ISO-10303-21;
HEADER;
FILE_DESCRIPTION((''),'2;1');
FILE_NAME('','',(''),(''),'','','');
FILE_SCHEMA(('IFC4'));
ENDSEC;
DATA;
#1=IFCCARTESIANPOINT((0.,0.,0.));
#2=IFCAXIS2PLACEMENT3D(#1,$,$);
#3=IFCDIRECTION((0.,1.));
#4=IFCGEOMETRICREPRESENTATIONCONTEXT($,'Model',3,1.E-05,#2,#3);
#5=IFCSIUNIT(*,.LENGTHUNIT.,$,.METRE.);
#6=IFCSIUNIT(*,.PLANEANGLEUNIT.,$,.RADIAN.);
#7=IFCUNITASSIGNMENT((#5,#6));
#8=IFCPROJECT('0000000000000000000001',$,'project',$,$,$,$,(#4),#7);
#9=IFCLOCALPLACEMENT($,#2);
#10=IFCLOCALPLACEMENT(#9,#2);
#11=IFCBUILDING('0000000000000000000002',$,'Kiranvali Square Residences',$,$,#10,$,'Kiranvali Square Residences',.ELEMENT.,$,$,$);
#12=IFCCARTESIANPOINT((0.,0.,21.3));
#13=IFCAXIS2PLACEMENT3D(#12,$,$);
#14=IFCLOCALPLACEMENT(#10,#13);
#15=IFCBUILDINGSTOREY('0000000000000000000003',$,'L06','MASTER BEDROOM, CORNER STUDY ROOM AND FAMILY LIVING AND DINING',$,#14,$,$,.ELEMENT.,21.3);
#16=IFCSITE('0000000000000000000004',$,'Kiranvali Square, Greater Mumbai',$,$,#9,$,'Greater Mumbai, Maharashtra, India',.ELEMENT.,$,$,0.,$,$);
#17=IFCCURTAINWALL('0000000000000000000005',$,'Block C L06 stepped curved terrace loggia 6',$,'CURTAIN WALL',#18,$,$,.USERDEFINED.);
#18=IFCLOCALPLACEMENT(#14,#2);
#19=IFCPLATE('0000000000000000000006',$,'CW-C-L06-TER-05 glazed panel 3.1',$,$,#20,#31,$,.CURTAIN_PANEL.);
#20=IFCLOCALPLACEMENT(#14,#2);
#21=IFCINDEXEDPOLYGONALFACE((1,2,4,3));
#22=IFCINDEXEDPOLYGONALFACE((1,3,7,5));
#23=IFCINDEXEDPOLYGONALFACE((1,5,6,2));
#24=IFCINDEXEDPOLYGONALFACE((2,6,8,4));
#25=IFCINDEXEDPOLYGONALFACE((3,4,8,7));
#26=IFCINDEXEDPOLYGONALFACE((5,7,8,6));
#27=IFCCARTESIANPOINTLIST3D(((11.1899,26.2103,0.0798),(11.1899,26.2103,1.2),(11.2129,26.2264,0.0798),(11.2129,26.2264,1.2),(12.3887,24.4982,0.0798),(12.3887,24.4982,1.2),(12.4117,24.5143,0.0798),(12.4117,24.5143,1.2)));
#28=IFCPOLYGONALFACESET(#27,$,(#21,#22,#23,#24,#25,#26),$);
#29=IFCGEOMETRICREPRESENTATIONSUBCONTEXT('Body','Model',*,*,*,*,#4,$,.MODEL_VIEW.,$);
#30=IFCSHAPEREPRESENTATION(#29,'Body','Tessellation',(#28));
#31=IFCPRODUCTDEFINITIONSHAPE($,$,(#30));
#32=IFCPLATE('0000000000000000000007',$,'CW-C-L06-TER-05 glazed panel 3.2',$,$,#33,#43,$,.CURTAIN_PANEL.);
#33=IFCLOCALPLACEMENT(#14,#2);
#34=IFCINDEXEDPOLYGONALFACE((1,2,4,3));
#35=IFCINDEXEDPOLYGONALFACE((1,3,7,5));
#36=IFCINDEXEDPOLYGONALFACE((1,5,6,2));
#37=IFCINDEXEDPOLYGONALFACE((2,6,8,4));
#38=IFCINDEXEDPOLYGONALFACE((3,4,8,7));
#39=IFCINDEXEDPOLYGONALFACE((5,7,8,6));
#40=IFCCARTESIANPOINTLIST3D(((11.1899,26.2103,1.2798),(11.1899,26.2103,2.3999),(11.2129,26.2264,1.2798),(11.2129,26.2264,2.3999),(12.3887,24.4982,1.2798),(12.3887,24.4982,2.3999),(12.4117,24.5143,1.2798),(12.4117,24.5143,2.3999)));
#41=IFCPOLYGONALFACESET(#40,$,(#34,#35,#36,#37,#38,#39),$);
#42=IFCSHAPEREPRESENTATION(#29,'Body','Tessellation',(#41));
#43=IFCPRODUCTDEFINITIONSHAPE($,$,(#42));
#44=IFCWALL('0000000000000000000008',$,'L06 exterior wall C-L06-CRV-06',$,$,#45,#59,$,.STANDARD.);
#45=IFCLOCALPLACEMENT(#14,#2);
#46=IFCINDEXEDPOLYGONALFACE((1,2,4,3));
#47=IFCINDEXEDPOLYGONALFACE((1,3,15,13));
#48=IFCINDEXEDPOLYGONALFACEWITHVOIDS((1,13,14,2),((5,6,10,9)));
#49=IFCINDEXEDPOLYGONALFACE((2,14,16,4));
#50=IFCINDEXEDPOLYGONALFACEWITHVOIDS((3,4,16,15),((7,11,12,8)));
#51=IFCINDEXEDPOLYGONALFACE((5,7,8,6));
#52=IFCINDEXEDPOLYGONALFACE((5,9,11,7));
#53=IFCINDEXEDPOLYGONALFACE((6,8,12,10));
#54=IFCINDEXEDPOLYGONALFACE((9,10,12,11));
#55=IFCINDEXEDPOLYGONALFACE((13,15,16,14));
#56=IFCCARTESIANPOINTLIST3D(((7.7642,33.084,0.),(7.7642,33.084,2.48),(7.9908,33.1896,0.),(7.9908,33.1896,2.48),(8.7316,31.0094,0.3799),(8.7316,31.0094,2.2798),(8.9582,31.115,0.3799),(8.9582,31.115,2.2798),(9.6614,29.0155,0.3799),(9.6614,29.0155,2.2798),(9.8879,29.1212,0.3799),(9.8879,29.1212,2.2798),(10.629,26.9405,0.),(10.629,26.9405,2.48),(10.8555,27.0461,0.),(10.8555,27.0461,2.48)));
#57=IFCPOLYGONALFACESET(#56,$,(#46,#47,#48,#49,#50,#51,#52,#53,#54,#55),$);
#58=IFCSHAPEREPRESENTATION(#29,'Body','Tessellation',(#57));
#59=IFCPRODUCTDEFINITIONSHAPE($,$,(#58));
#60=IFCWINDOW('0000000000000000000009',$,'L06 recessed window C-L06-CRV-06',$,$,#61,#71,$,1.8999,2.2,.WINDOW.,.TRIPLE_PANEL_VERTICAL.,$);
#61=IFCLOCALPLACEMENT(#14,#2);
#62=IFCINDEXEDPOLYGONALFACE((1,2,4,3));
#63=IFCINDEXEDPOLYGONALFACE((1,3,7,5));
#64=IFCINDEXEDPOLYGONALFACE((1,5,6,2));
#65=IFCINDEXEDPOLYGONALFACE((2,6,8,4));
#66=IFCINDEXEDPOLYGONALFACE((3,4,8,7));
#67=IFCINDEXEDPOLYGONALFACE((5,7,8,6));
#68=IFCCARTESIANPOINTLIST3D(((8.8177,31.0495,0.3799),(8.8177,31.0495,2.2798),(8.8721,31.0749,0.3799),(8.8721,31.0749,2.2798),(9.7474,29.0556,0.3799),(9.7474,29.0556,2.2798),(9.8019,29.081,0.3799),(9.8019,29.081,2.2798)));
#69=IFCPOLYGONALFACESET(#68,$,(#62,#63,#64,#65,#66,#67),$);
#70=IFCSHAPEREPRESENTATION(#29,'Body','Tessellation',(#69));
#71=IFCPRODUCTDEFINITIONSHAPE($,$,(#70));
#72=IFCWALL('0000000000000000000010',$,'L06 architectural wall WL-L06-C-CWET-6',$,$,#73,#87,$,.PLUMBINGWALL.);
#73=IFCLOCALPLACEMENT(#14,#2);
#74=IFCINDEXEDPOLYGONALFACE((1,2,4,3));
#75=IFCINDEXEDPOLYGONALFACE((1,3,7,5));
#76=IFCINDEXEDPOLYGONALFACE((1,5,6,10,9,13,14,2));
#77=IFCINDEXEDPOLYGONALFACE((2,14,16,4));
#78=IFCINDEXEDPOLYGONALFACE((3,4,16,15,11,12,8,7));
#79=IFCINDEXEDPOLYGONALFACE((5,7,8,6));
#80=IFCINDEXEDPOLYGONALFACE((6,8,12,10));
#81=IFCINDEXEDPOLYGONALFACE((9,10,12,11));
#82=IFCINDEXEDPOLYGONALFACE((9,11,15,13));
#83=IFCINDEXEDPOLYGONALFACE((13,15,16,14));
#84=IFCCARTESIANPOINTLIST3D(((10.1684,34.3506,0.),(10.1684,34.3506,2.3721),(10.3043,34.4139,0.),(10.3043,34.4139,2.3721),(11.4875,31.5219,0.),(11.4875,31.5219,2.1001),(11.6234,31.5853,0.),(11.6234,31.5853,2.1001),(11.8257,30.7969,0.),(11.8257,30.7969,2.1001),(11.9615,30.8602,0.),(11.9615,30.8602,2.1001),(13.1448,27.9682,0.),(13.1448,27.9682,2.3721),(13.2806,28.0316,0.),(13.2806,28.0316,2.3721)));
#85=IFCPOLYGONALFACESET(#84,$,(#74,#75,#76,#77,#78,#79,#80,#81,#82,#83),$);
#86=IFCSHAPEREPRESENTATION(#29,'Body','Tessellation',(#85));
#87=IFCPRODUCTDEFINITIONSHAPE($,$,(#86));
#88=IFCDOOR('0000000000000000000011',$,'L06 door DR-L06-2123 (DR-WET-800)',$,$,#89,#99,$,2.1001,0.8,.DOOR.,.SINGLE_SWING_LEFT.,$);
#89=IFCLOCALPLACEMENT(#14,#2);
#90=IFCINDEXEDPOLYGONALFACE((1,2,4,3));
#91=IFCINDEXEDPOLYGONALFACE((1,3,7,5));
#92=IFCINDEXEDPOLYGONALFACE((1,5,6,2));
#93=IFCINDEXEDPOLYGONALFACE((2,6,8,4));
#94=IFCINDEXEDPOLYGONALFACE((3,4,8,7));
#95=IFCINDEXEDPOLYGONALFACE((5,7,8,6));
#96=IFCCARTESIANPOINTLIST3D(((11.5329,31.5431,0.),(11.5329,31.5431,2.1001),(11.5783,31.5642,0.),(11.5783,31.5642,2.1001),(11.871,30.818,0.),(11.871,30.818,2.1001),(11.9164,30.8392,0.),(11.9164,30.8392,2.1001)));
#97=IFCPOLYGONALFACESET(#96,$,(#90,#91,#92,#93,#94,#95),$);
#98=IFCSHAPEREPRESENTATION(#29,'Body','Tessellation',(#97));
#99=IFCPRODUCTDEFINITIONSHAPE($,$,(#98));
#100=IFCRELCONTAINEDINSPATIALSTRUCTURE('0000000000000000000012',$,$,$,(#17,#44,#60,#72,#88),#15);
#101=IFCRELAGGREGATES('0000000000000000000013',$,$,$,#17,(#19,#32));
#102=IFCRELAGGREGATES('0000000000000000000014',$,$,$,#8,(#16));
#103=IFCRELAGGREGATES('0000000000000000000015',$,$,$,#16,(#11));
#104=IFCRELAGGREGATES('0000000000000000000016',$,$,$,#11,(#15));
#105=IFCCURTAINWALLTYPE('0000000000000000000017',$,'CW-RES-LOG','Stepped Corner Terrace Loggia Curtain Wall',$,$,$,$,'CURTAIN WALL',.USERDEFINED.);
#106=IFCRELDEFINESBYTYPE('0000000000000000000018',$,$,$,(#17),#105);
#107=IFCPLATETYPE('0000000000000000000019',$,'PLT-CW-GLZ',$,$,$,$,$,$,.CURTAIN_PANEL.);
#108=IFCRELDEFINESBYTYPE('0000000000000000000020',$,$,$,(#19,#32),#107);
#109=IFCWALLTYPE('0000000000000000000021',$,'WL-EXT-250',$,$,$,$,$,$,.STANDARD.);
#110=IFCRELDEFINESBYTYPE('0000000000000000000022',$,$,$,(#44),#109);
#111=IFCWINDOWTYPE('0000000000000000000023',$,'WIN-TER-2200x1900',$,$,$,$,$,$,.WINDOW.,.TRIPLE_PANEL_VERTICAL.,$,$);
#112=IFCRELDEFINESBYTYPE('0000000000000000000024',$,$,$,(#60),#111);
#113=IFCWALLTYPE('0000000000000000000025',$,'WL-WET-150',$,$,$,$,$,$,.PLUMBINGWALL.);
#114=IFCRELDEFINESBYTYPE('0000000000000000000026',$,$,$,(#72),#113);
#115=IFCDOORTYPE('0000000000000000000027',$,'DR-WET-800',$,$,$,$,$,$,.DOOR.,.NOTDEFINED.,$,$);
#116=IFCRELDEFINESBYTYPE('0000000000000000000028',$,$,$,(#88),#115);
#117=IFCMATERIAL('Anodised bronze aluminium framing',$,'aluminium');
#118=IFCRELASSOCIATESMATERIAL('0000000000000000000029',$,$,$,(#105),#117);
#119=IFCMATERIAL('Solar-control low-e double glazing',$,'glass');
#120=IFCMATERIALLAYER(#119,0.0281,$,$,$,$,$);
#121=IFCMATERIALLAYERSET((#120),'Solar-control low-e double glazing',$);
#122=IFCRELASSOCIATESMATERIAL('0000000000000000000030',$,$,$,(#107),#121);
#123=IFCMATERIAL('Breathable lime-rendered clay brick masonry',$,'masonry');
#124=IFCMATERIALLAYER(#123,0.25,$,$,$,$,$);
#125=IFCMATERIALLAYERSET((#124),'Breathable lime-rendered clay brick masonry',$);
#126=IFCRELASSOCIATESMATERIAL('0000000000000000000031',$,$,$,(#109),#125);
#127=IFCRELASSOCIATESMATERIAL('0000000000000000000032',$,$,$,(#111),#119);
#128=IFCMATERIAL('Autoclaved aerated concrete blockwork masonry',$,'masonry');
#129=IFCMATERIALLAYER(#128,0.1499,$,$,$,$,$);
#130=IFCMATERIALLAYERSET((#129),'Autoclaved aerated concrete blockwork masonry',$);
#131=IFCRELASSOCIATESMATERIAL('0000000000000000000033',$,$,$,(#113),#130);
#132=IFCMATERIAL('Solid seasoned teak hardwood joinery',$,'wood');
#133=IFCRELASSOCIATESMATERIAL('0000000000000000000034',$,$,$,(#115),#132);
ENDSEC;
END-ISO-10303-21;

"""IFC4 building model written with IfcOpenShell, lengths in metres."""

from ifc_helpers import new_model, si_unit, direction, frame, frame_2d, origin, origin_2d, place, context, subcontext, project, spatial, rectangle, extrude, material, layer, layer_set, type_object, element, fill, aggregate, save


model = new_model("IFC4")

# Units and contexts
model_context = context("Model", 3, precision=1e-05, world=origin(), true_north=direction((0.0, 1.0)))
body_context = subcontext(model_context, "Body", "Model", "MODEL_VIEW")
ifc_project = project(units=[si_unit("LENGTHUNIT", "METRE"), si_unit("PLANEANGLEUNIT", "RADIAN")], contexts=[model_context])

# Site, building, storey
site_placement = place(None, origin())
site = spatial("IfcSite", under=ifc_project, at=site_placement, Name="Kiranvali Square, Greater Mumbai", LongName="Greater Mumbai, Maharashtra, India", CompositionType="ELEMENT", RefElevation=0.0)
building_placement = place(site_placement, origin())
building = spatial("IfcBuilding", under=site, at=building_placement, Name="Kiranvali Square Residences", LongName="Kiranvali Square Residences", CompositionType="ELEMENT")
storey_placement = place(building_placement, frame((0.0, 0.0, 21.3)))
storey = spatial("IfcBuildingStorey", under=building, at=storey_placement, Name="L06", Description="MASTER BEDROOM, CORNER STUDY ROOM AND FAMILY LIVING AND DINING", CompositionType="ELEMENT", Elevation=21.3)

# Curtain wall
ifc_material_1 = material(Name="Anodised bronze aluminium framing", Category="aluminium")
curtain_wall_type = type_object("IfcCurtainWallType", Name="CW-RES-LOG", Description="Stepped Corner Terrace Loggia Curtain Wall", ElementType="CURTAIN WALL", PredefinedType="USERDEFINED", material=ifc_material_1)
curtain_wall_placement = place(storey_placement, origin())
curtain_wall = element("IfcCurtainWall", 1, at=curtain_wall_placement, inside=storey, type_object=curtain_wall_type, Name="Block C L06 stepped curved terrace loggia 6", ObjectType="CURTAIN WALL", PredefinedType="USERDEFINED")

# Plates
ifc_material_2 = material(Name="Solar-control low-e double glazing", Category="glass")
ifc_layer_1 = layer(ifc_material_2, 0.0281)
ifc_layer_set_1 = layer_set([ifc_layer_1], Name="Solar-control low-e double glazing")
plate_type = type_object("IfcPlateType", Name="PLT-CW-GLZ", PredefinedType="CURTAIN_PANEL", material=ifc_layer_set_1)
plate_1_placement = place(storey_placement, frame((11.8008, 25.3623, 0.0798), z_axis=(0.0, 0.0, 1.0), x_axis=(-0.573576, 0.819152, 0.0)))
plate_1 = element("IfcPlate", 2, at=plate_1_placement, type_object=plate_type, Name="CW-C-L06-TER-05 glazed panel 3.1", PredefinedType="CURTAIN_PANEL", context=body_context, shape_type="SweptSolid", body=[
    extrude(rectangle(XDim=2.0901, YDim=0.0281, at=origin_2d()), origin(), (0.0, 0.0, 1.0), 1.1201),
])
plate_2_placement = place(storey_placement, frame((11.8008, 25.3623, 1.2798), z_axis=(0.0, 0.0, 1.0), x_axis=(-0.573576, 0.819152, 0.0)))
plate_2 = element("IfcPlate", 3, at=plate_2_placement, type_object=plate_type, Name="CW-C-L06-TER-05 glazed panel 3.2", PredefinedType="CURTAIN_PANEL", context=body_context, shape_type="SweptSolid", body=[
    extrude(rectangle(XDim=2.0901, YDim=0.0281, at=origin_2d()), origin(), (0.0, 0.0, 1.0), 1.1201),
])
aggregate(curtain_wall, [plate_1, plate_2])

# Wall, opening, window
ifc_material_3 = material(Name="Breathable lime-rendered clay brick masonry", Category="masonry")
ifc_layer_2 = layer(ifc_material_3, 0.25)
ifc_layer_set_2 = layer_set([ifc_layer_2], Name="Breathable lime-rendered clay brick masonry")
wall_type_1 = type_object("IfcWallType", Name="WL-EXT-250", PredefinedType="STANDARD", material=ifc_layer_set_2)
wall_1_placement = place(storey_placement, frame((10.7422, 26.9934, 0.0), z_axis=(0.0, 0.0, 1.0), x_axis=(-0.422613, 0.90631, 0.0)))
wall_1 = element("IfcWall", 4, at=wall_1_placement, inside=storey, type_object=wall_type_1, Name="L06 exterior wall C-L06-CRV-06", PredefinedType="STANDARD", context=body_context, shape_type="SweptSolid", body=[
    extrude(rectangle(XDim=6.7786, YDim=0.25, at=frame_2d((3.3892, 0.0))), origin(), (0.0, 0.0, 1.0), 2.48),
])
opening_1_placement = place(wall_1_placement, frame((2.2893, 0.0, 0.3799)))
opening_1 = element("IfcOpeningElement", 5, at=opening_1_placement, cuts=wall_1, PredefinedType="OPENING", context=body_context, shape_type="SweptSolid", body=[
    extrude(rectangle(XDim=2.2, YDim=1.8999, at=frame_2d((1.1001, 0.95))), frame((0.0, 0.135, 0.0), z_axis=(0.0, -1.0, 0.0), x_axis=(1.0, 0.0, 0.0)), (0.0, 0.0, 1.0), 0.27),
])
window_type = type_object("IfcWindowType", Name="WIN-TER-2200x1900", PartitioningType="TRIPLE_PANEL_VERTICAL", PredefinedType="WINDOW", material=ifc_material_2)
window_placement = place(opening_1_placement, origin())
window = element("IfcWindow", 6, at=window_placement, inside=storey, type_object=window_type, Name="L06 recessed window C-L06-CRV-06", OverallHeight=1.8999, OverallWidth=2.2, PartitioningType="TRIPLE_PANEL_VERTICAL", PredefinedType="WINDOW", context=body_context, shape_type="SweptSolid", body=[
    extrude(rectangle(XDim=2.2, YDim=1.8999, at=frame_2d((1.1001, 0.95))), frame((0.0, 0.03, 0.0), z_axis=(0.0, -1.0, 0.0), x_axis=(1.0, 0.0, 0.0)), (0.0, 0.0, 1.0), 0.0601),
])
fill(opening_1, window)

# Wall, opening, door
ifc_material_4 = material(Name="Autoclaved aerated concrete blockwork masonry", Category="masonry")
ifc_layer_3 = layer(ifc_material_4, 0.1499)
ifc_layer_set_3 = layer_set([ifc_layer_3], Name="Autoclaved aerated concrete blockwork masonry")
wall_type_2 = type_object("IfcWallType", Name="WL-WET-150", PredefinedType="PLUMBINGWALL", material=ifc_layer_set_3)
wall_2_placement = place(storey_placement, frame((13.2126, 28.0, 0.0), z_axis=(0.0, 0.0, 1.0), x_axis=(-0.422641, 0.906297, 0.0)))
wall_2 = element("IfcWall", 7, at=wall_2_placement, inside=storey, type_object=wall_type_2, Name="L06 architectural wall WL-L06-C-CWET-6", PredefinedType="PLUMBINGWALL", context=body_context, shape_type="SweptSolid", body=[
    extrude(rectangle(XDim=7.0422, YDim=0.1499, at=frame_2d((3.521, 0.0))), origin(), (0.0, 0.0, 1.0), 2.3721),
])
opening_2_placement = place(wall_2_placement, frame((3.1211, 0.0, 0.0)))
opening_2 = element("IfcOpeningElement", 8, at=opening_2_placement, cuts=wall_2, PredefinedType="OPENING", context=body_context, shape_type="SweptSolid", body=[
    extrude(rectangle(XDim=0.8, YDim=2.1001, at=frame_2d((0.3999, 1.05))), frame((0.0, 0.085, 0.0), z_axis=(0.0, -1.0, 0.0), x_axis=(1.0, 0.0, 0.0)), (0.0, 0.0, 1.0), 0.1699),
])
ifc_material_5 = material(Name="Solid seasoned teak hardwood joinery", Category="wood")
door_type = type_object("IfcDoorType", Name="DR-WET-800", OperationType="NOTDEFINED", PredefinedType="DOOR", material=ifc_material_5)
door_placement = place(opening_2_placement, origin())
door = element("IfcDoor", 9, at=door_placement, inside=storey, type_object=door_type, Name="L06 door DR-L06-2123 (DR-WET-800)", OperationType="SINGLE_SWING_LEFT", OverallHeight=2.1001, OverallWidth=0.8, PredefinedType="DOOR", context=body_context, shape_type="SweptSolid", body=[
    extrude(rectangle(XDim=0.8, YDim=2.1001, at=frame_2d((0.3999, 1.05))), frame((0.0, 0.0249, 0.0), z_axis=(0.0, -1.0, 0.0), x_axis=(1.0, 0.0, 0.0)), (0.0, 0.0, 1.0), 0.05),
])
fill(opening_2, door)

save(model, "model.ifc")
